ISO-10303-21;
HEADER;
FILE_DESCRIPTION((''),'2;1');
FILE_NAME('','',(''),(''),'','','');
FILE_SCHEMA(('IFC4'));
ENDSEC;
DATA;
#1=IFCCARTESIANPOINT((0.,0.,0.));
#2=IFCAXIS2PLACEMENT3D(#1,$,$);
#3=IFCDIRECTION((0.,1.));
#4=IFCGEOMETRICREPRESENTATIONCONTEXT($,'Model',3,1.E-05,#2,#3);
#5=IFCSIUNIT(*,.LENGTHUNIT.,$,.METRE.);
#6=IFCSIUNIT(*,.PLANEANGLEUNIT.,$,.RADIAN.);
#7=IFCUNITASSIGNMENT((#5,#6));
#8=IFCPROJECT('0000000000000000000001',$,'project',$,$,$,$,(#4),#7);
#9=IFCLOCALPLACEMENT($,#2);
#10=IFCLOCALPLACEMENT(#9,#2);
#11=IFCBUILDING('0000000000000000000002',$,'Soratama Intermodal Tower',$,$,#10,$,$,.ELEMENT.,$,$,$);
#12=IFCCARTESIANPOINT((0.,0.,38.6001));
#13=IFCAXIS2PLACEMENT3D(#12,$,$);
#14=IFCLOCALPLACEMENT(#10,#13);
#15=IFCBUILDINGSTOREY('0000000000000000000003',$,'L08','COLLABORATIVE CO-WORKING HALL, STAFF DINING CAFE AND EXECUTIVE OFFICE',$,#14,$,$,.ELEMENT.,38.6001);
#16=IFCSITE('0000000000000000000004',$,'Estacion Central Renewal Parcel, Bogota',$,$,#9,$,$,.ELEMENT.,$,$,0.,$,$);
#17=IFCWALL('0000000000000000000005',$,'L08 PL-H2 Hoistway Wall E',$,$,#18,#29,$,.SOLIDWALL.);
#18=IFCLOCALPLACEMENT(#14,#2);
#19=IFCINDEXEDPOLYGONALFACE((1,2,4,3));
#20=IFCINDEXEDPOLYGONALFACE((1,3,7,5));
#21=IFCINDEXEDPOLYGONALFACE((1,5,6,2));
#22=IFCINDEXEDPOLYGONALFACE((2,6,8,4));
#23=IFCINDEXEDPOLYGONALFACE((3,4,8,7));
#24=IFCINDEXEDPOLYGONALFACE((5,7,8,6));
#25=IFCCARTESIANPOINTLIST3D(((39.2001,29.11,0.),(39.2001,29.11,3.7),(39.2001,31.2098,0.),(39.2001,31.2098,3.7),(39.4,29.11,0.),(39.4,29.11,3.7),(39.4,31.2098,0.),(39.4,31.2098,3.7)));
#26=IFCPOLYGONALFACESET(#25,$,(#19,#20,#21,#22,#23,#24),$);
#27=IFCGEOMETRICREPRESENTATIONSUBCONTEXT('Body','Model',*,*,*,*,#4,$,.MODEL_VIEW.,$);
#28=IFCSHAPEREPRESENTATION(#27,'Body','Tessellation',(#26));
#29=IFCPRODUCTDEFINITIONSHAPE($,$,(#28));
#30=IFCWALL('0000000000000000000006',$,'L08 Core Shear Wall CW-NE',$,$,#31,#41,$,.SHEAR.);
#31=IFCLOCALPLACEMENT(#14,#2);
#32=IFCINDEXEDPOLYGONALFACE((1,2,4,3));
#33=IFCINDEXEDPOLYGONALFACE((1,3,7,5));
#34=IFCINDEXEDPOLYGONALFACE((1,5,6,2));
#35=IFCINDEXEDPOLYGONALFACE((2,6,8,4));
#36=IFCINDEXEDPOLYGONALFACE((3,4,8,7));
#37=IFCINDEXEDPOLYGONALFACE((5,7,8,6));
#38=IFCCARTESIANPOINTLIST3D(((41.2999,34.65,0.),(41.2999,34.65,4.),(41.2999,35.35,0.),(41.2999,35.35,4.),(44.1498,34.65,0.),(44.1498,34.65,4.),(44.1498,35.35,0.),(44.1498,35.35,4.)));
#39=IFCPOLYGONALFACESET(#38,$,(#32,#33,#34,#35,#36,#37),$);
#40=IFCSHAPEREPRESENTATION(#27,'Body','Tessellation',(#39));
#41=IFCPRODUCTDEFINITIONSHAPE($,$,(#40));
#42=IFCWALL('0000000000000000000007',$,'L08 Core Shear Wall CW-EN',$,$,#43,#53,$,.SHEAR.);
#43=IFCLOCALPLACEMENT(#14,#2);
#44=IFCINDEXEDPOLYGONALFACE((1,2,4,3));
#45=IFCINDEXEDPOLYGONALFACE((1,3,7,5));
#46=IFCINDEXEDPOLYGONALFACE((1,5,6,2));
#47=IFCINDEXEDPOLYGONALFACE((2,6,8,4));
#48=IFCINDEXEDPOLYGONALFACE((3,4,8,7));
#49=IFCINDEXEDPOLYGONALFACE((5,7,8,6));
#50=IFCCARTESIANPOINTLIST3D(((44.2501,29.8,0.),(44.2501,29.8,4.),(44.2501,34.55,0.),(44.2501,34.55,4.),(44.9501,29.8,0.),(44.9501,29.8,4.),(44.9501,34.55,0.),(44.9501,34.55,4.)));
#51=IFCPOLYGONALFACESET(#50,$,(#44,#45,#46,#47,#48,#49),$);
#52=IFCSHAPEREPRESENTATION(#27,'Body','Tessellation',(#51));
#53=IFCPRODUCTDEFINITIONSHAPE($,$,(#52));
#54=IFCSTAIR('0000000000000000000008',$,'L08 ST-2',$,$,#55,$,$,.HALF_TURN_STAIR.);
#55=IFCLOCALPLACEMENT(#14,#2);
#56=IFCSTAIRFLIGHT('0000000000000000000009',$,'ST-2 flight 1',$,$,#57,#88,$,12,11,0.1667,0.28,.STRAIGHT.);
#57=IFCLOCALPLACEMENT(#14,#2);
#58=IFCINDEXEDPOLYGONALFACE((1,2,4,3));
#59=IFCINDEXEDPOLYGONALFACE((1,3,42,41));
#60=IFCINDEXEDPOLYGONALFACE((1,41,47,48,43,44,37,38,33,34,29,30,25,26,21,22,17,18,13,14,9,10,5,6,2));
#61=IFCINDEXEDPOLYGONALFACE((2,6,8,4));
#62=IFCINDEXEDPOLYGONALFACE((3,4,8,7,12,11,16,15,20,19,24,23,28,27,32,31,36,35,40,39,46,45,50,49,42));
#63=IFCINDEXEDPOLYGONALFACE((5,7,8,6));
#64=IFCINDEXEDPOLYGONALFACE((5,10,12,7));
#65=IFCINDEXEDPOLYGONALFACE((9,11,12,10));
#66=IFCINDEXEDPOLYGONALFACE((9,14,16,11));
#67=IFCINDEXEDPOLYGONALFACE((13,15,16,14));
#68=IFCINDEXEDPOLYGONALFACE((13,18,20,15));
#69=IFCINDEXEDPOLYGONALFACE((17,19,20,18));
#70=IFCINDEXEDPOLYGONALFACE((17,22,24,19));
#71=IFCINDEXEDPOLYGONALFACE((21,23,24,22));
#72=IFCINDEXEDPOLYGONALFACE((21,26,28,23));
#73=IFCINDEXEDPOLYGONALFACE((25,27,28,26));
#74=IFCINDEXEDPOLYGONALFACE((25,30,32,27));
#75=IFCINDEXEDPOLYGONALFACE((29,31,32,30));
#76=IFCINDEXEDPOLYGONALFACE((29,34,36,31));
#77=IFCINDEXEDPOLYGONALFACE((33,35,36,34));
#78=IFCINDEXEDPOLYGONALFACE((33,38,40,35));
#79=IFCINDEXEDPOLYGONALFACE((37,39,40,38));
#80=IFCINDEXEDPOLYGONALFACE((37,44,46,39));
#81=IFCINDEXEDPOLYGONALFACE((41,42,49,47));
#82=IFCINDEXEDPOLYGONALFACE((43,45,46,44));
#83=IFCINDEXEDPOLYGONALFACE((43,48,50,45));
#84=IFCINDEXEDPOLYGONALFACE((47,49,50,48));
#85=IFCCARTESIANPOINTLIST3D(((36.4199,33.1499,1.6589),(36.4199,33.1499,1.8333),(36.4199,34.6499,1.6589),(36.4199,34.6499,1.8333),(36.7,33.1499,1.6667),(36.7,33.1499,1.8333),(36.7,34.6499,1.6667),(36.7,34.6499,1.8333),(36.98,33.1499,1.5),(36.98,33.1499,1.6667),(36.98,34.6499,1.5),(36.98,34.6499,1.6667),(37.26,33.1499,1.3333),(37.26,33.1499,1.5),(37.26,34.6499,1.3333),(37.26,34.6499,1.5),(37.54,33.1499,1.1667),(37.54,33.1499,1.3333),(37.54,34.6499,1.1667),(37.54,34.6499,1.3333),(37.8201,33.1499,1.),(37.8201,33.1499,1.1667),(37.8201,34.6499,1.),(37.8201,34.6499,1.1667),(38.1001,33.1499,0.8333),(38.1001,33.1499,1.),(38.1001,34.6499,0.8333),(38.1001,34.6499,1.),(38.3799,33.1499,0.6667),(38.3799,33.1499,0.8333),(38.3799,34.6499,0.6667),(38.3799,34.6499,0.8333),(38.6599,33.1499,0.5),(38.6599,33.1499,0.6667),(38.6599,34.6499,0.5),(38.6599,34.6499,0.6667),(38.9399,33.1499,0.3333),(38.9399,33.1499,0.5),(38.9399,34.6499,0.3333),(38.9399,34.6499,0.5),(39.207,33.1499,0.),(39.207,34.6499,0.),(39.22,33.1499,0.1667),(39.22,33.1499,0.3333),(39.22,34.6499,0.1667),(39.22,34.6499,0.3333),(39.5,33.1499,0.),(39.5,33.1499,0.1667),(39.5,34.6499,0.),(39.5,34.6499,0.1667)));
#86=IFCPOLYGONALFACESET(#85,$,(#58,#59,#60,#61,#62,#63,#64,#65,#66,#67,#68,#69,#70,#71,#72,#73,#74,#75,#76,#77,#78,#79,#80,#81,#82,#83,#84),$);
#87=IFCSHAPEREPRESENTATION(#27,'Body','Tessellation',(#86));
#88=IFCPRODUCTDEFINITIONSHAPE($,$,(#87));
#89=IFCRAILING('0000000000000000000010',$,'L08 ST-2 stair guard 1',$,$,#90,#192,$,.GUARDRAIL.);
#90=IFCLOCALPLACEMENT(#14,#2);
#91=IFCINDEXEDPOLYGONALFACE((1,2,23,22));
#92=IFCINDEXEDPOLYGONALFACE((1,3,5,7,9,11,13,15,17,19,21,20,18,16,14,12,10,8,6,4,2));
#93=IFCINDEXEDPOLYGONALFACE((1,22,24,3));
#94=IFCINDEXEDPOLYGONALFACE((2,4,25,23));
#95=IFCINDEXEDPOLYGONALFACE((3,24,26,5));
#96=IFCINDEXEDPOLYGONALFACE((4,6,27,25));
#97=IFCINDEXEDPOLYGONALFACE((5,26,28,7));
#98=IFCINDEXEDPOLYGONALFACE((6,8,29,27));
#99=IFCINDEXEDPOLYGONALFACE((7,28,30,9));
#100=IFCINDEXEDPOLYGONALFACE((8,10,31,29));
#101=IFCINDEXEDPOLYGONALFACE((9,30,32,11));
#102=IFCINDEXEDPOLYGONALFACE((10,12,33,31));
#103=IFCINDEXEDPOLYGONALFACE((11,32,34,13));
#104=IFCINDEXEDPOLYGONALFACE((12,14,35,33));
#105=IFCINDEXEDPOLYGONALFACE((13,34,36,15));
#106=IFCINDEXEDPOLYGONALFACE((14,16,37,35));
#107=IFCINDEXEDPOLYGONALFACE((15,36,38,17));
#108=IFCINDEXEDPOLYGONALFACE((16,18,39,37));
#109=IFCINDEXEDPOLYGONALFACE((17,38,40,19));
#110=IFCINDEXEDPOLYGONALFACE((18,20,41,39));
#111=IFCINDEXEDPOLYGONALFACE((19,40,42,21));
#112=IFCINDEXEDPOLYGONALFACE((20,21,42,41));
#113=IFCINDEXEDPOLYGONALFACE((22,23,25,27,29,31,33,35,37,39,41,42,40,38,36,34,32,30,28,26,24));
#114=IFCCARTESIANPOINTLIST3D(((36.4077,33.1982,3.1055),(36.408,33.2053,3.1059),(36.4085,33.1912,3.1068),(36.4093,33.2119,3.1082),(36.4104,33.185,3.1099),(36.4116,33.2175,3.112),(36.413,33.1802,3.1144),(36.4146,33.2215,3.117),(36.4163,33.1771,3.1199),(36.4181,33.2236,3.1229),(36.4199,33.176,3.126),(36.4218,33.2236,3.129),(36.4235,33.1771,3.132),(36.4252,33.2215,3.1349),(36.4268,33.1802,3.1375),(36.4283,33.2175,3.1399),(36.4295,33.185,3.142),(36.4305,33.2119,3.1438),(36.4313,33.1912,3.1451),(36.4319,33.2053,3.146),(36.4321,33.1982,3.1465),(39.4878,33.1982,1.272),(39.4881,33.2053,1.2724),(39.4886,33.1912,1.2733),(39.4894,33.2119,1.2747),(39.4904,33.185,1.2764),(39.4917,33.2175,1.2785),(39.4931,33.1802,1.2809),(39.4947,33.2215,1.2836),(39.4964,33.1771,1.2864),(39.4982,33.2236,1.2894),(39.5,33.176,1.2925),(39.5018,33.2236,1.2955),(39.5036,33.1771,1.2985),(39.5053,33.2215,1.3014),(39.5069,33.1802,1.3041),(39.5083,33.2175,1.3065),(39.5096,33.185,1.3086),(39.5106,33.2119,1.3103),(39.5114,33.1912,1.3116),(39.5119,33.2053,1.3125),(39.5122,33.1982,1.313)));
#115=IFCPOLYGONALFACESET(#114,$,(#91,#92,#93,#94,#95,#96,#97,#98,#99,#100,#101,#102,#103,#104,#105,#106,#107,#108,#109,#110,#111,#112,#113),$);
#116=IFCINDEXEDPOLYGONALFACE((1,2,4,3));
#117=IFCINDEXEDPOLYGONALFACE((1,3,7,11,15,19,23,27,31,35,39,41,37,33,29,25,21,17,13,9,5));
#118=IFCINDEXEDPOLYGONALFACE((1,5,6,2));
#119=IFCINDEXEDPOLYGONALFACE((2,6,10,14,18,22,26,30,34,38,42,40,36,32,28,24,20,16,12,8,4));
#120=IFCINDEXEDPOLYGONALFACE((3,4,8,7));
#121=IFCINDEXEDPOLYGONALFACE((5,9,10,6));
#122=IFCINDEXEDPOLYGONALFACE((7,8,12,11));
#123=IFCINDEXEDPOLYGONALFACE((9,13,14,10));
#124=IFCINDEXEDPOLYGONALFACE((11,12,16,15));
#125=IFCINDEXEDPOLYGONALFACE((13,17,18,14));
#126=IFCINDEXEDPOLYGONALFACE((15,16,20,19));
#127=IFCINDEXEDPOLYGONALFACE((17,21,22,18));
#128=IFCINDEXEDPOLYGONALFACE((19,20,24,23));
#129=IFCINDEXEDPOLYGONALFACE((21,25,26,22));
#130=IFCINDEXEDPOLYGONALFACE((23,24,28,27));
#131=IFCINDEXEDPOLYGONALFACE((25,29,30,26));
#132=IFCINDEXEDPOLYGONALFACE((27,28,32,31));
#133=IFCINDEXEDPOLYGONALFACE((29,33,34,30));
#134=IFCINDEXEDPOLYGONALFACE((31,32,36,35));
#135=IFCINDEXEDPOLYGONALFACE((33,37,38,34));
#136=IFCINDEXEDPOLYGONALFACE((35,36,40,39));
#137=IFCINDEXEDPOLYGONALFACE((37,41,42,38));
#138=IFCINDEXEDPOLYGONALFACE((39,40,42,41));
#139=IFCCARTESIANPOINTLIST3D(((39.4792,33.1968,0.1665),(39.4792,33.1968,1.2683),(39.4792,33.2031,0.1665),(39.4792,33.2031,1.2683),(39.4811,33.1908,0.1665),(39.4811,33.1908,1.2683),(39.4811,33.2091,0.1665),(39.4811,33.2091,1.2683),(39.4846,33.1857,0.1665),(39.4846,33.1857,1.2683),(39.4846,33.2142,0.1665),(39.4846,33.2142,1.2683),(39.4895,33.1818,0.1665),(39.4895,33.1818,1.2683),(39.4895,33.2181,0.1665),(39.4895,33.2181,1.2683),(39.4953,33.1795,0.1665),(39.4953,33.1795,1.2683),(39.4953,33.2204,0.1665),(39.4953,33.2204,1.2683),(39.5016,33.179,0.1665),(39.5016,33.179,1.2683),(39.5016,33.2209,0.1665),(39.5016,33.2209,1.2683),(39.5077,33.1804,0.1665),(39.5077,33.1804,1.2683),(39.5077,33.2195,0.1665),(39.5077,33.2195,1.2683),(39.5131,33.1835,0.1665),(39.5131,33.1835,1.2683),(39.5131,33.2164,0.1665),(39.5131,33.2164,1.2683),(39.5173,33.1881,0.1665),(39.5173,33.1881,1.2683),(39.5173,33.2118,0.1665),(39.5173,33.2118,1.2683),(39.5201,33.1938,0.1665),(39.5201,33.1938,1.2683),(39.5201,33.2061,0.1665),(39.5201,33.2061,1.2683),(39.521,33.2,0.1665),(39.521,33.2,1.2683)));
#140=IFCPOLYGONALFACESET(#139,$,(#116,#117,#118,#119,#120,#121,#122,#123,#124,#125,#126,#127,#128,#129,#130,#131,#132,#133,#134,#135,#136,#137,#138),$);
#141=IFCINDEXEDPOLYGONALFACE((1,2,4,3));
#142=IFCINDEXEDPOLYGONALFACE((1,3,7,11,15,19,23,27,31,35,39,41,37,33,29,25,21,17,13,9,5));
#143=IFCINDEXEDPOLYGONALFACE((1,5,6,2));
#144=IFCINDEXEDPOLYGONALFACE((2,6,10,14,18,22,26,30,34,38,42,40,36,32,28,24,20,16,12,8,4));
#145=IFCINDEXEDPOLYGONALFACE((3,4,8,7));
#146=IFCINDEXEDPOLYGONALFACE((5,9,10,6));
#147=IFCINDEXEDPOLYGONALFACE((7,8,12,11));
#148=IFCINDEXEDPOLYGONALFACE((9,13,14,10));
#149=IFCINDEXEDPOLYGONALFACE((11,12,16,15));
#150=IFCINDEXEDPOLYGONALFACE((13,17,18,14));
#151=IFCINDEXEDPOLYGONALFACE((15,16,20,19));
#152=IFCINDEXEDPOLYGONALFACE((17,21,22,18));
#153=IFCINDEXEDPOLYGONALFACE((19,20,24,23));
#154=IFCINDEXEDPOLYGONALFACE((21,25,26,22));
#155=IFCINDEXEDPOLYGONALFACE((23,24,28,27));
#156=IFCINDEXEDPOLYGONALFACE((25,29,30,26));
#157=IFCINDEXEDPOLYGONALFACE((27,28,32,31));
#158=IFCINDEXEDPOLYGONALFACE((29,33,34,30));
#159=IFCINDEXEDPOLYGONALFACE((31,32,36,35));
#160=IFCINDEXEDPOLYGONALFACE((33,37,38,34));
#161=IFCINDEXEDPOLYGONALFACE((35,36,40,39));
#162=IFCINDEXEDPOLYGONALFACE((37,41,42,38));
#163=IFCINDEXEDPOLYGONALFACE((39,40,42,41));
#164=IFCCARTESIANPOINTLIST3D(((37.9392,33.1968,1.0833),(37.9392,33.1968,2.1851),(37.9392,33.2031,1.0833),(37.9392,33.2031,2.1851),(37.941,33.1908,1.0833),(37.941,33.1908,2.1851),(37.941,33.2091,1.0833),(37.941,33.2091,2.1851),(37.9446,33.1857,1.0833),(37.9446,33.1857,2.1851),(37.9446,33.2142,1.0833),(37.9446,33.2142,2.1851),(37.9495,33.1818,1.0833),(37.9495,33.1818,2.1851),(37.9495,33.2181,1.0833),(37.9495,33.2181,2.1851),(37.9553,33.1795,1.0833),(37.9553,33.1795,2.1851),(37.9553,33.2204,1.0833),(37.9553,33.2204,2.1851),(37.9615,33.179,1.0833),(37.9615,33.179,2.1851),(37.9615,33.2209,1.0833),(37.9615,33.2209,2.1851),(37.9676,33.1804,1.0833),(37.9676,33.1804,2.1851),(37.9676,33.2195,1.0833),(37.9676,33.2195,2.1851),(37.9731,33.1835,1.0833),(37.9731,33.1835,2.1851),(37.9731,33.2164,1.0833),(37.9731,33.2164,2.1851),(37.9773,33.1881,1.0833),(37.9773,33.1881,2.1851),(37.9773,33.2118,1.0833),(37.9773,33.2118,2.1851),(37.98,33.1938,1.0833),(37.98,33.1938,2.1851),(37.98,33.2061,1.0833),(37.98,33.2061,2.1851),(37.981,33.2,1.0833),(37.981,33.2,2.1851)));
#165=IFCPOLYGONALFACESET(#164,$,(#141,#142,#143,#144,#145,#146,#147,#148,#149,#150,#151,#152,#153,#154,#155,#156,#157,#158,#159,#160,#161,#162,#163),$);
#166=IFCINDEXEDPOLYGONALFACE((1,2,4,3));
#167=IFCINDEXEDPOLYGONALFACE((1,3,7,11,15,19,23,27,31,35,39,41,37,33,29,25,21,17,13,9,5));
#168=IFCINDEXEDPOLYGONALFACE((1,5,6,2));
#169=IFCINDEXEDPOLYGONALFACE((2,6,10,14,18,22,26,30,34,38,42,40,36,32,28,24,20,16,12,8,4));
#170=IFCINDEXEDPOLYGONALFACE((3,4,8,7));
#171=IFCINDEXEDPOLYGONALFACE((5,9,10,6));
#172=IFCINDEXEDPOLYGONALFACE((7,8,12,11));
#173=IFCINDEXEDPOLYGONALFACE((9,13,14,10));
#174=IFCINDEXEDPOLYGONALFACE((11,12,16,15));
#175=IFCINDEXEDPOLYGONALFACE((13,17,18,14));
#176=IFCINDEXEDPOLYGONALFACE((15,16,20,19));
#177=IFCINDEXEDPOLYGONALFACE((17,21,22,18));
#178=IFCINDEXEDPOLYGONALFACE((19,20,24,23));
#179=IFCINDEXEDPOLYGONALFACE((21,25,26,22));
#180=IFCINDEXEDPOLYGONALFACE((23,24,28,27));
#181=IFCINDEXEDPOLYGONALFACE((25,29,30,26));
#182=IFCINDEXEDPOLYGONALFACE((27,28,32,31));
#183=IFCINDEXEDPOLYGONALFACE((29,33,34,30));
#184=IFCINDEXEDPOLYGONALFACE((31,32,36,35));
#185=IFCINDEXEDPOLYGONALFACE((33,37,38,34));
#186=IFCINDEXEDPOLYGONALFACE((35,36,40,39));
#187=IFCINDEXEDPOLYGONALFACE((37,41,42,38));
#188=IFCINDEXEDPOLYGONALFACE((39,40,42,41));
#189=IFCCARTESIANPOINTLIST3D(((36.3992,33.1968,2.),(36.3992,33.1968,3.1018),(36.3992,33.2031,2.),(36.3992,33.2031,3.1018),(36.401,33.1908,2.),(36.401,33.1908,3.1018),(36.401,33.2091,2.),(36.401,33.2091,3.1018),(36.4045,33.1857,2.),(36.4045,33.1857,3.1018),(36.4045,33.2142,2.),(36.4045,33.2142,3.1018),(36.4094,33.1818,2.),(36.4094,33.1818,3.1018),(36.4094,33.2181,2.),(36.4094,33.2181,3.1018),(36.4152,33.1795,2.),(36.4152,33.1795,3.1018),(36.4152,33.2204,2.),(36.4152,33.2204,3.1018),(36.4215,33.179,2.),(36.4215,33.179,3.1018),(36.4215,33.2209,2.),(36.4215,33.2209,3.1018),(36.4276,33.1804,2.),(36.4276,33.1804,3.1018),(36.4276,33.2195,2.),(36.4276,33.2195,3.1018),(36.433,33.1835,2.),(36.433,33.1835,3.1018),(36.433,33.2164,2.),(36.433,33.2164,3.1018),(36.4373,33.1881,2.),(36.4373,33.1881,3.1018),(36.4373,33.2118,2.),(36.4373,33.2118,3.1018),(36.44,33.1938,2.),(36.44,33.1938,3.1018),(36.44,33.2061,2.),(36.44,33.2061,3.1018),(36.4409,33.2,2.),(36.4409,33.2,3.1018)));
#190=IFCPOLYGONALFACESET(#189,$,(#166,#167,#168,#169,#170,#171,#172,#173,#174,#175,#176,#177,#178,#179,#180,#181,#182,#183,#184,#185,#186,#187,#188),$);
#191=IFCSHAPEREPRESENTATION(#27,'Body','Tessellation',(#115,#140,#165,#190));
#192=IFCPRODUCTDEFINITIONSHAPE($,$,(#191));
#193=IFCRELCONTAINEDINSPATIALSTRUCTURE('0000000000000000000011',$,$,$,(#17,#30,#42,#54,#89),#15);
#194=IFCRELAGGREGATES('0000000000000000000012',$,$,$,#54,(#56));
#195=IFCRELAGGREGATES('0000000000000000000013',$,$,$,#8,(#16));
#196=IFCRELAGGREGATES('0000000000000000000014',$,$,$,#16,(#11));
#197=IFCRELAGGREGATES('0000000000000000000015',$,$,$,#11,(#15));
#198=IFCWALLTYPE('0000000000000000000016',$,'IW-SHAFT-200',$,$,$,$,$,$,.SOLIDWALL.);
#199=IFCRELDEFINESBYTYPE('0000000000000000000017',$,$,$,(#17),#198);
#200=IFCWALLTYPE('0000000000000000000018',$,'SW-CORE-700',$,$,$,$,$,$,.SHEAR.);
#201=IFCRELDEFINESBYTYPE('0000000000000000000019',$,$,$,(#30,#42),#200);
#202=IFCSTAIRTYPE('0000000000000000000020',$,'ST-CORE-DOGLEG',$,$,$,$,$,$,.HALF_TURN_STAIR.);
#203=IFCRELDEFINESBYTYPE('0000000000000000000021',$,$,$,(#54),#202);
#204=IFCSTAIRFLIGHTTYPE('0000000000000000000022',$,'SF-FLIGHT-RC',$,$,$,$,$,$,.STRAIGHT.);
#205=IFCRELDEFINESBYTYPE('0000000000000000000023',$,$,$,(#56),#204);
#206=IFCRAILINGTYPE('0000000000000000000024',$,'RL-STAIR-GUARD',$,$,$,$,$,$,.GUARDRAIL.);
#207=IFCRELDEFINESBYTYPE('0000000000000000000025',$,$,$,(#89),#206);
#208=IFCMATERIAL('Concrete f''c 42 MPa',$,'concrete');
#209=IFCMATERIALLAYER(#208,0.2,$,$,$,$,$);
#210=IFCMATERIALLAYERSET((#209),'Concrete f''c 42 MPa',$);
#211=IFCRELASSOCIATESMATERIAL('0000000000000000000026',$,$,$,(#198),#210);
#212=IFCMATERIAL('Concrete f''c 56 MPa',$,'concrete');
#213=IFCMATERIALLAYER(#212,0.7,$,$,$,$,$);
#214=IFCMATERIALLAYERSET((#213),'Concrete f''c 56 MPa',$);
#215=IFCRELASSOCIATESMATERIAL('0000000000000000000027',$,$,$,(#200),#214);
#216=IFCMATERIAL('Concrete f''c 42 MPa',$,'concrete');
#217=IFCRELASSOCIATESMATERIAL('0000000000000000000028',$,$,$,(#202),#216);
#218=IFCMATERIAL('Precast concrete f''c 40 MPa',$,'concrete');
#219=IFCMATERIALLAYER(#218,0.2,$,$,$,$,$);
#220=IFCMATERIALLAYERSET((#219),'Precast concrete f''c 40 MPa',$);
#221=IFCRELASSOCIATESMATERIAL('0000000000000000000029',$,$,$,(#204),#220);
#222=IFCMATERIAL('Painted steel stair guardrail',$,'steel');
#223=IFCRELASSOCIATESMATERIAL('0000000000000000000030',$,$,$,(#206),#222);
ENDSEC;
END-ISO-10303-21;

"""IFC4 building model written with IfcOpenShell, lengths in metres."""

from ifc_helpers import new_model, si_unit, direction, frame, frame_2d, origin, origin_2d, place, context, subcontext, project, spatial, polyline, rectangle, circle, outline, extrude, material, layer, layer_set, type_object, element, aggregate, save


model = new_model("IFC4")

# Units and contexts
model_context = context("Model", 3, precision=1e-05, world=origin(), true_north=direction((0.0, 1.0)))
body_context = subcontext(model_context, "Body", "Model", "MODEL_VIEW")
ifc_project = project(units=[si_unit("LENGTHUNIT", "METRE"), si_unit("PLANEANGLEUNIT", "RADIAN")], contexts=[model_context])

# Site, building, storey
site_placement = place(None, origin())
site = spatial("IfcSite", under=ifc_project, at=site_placement, Name="Estacion Central Renewal Parcel, Bogota", CompositionType="ELEMENT", RefElevation=0.0)
building_placement = place(site_placement, origin())
building = spatial("IfcBuilding", under=site, at=building_placement, Name="Soratama Intermodal Tower", CompositionType="ELEMENT")
storey_placement = place(building_placement, frame((0.0, 0.0, 38.6001)))
storey = spatial("IfcBuildingStorey", under=building, at=storey_placement, Name="L08", Description="COLLABORATIVE CO-WORKING HALL, STAFF DINING CAFE AND EXECUTIVE OFFICE", CompositionType="ELEMENT", Elevation=38.6001)

# Walls
ifc_material_1 = material(Name="Concrete f'c 42 MPa", Category="concrete")
ifc_layer_1 = layer(ifc_material_1, 0.2)
ifc_layer_set_1 = layer_set([ifc_layer_1], Name="Concrete f'c 42 MPa")
wall_type_1 = type_object("IfcWallType", Name="IW-SHAFT-200", PredefinedType="SOLIDWALL", material=ifc_layer_set_1)
wall_1_placement = place(storey_placement, frame((39.3, 29.1101, 0.0), z_axis=(0.0, 0.0, 1.0), x_axis=(0.0, 1.0, 0.0)))
element("IfcWall", 1, at=wall_1_placement, inside=storey, type_object=wall_type_1, Name="L08 PL-H2 Hoistway Wall E", PredefinedType="SOLIDWALL", context=body_context, shape_type="SweptSolid", body=[
    extrude(rectangle(XDim=2.0999, YDim=0.2, at=frame_2d((1.0498, 0.0))), origin(), (0.0, 0.0, 1.0), 3.7),
])
ifc_material_2 = material(Name="Concrete f'c 56 MPa", Category="concrete")
ifc_layer_2 = layer(ifc_material_2, 0.7)
ifc_layer_set_2 = layer_set([ifc_layer_2], Name="Concrete f'c 56 MPa")
wall_type_2 = type_object("IfcWallType", Name="SW-CORE-700", PredefinedType="SHEAR", material=ifc_layer_set_2)
wall_2_placement = place(storey_placement, frame((41.3, 35.0, 0.0), z_axis=(0.0, 0.0, 1.0), x_axis=(1.0, 0.0, 0.0)))
element("IfcWall", 2, at=wall_2_placement, inside=storey, type_object=wall_type_2, Name="L08 Core Shear Wall CW-NE", PredefinedType="SHEAR", context=body_context, shape_type="SweptSolid", body=[
    extrude(rectangle(XDim=2.8499, YDim=0.7, at=frame_2d((1.4248, 0.0))), origin(), (0.0, 0.0, 1.0), 4.0),
])
wall_3_placement = place(storey_placement, frame((44.6001, 29.8, 0.0), z_axis=(0.0, 0.0, 1.0), x_axis=(0.0, 1.0, 0.0)))
element("IfcWall", 3, at=wall_3_placement, inside=storey, type_object=wall_type_2, Name="L08 Core Shear Wall CW-EN", PredefinedType="SHEAR", context=body_context, shape_type="SweptSolid", body=[
    extrude(rectangle(XDim=4.75, YDim=0.7, at=frame_2d((2.375, 0.0))), origin(), (0.0, 0.0, 1.0), 4.0),
])

# Stair, stair flight
ifc_material_3 = material(Name="Concrete f'c 42 MPa", Category="concrete")
stair_type = type_object("IfcStairType", Name="ST-CORE-DOGLEG", PredefinedType="HALF_TURN_STAIR", material=ifc_material_3)
stair_placement = place(storey_placement, origin())
stair = element("IfcStair", 4, at=stair_placement, inside=storey, type_object=stair_type, Name="L08 ST-2", PredefinedType="HALF_TURN_STAIR")
ifc_material_4 = material(Name="Precast concrete f'c 40 MPa", Category="concrete")
ifc_layer_3 = layer(ifc_material_4, 0.2)
ifc_layer_set_3 = layer_set([ifc_layer_3], Name="Precast concrete f'c 40 MPa")
stair_flight_type = type_object("IfcStairFlightType", Name="SF-FLIGHT-RC", PredefinedType="STRAIGHT", material=ifc_layer_set_3)
stair_flight_placement = place(storey_placement, frame((39.5, 33.8999, 0.0), z_axis=(0.0, 0.0, 1.0), x_axis=(-1.0, 0.0, 0.0)))
stair_flight = element("IfcStairFlight", 5, at=stair_flight_placement, type_object=stair_flight_type, Name="ST-2 flight 1", NumberOfRisers=12, NumberOfTreads=11, PredefinedType="STRAIGHT", RiserHeight=0.1667, TreadLength=0.28, context=body_context, shape_type="SweptSolid", body=[
    extrude(outline(polyline([(0.0, 0.0), (0.0, 0.1667), (0.28, 0.1667), (0.28, 0.3333), (0.5601, 0.3333), (0.5601, 0.5), (0.8401, 0.5), (0.8401, 0.6667), (1.1201, 0.6667), (1.1201, 0.8333), (1.3999, 0.8333), (1.3999, 1.0), (1.6799, 1.0), (1.6799, 1.1667), (1.96, 1.1667), (1.96, 1.3333), (2.24, 1.3333), (2.24, 1.5), (2.52, 1.5), (2.52, 1.6667), (2.8, 1.6667), (2.8, 1.8333), (3.0801, 1.8333), (3.0801, 2.0), (3.0801, 1.6589), (0.293, 0.0), (0.0, 0.0)])), frame((0.0, 0.75, 0.0), z_axis=(0.0, -1.0, 0.0), x_axis=(1.0, 0.0, 0.0)), (0.0, 0.0, 1.0), 1.5),
])
aggregate(stair, [stair_flight])

# Railing
ifc_material_5 = material(Name="Painted steel stair guardrail", Category="steel")
railing_type_1 = type_object("IfcRailingType", Name="RL-STAIR-GUARD", PredefinedType="GUARDRAIL", material=ifc_material_5)
railing_1_placement = place(storey_placement, frame((39.5, 33.2, 0.1665)))
element("IfcRailing", 6, at=railing_1_placement, inside=storey, type_object=railing_type_1, Name="L08 ST-2 stair guard 1", PredefinedType="GUARDRAIL", context=body_context, shape_type="SweptSolid", body=[
    extrude(circle(Radius=0.0239, at=origin_2d()), frame((0.0, 0.0, 1.126), z_axis=(-0.859279, 0.0, 0.511508), x_axis=(0.0, -1.0, 0.0)), (0.0, 0.0, 1.0), 3.5845),
    extrude(circle(Radius=0.021, at=origin_2d()), origin(), (0.0, 0.0, 1.0), 1.1018),
    extrude(circle(Radius=0.021, at=origin_2d()), frame((-1.54, 0.0, 0.9167)), (0.0, 0.0, 1.0), 1.1018),
    extrude(circle(Radius=0.021, at=origin_2d()), frame((-3.0801, 0.0, 1.8335)), (0.0, 0.0, 1.0), 1.1018),
])

save(model, "model.ifc")
